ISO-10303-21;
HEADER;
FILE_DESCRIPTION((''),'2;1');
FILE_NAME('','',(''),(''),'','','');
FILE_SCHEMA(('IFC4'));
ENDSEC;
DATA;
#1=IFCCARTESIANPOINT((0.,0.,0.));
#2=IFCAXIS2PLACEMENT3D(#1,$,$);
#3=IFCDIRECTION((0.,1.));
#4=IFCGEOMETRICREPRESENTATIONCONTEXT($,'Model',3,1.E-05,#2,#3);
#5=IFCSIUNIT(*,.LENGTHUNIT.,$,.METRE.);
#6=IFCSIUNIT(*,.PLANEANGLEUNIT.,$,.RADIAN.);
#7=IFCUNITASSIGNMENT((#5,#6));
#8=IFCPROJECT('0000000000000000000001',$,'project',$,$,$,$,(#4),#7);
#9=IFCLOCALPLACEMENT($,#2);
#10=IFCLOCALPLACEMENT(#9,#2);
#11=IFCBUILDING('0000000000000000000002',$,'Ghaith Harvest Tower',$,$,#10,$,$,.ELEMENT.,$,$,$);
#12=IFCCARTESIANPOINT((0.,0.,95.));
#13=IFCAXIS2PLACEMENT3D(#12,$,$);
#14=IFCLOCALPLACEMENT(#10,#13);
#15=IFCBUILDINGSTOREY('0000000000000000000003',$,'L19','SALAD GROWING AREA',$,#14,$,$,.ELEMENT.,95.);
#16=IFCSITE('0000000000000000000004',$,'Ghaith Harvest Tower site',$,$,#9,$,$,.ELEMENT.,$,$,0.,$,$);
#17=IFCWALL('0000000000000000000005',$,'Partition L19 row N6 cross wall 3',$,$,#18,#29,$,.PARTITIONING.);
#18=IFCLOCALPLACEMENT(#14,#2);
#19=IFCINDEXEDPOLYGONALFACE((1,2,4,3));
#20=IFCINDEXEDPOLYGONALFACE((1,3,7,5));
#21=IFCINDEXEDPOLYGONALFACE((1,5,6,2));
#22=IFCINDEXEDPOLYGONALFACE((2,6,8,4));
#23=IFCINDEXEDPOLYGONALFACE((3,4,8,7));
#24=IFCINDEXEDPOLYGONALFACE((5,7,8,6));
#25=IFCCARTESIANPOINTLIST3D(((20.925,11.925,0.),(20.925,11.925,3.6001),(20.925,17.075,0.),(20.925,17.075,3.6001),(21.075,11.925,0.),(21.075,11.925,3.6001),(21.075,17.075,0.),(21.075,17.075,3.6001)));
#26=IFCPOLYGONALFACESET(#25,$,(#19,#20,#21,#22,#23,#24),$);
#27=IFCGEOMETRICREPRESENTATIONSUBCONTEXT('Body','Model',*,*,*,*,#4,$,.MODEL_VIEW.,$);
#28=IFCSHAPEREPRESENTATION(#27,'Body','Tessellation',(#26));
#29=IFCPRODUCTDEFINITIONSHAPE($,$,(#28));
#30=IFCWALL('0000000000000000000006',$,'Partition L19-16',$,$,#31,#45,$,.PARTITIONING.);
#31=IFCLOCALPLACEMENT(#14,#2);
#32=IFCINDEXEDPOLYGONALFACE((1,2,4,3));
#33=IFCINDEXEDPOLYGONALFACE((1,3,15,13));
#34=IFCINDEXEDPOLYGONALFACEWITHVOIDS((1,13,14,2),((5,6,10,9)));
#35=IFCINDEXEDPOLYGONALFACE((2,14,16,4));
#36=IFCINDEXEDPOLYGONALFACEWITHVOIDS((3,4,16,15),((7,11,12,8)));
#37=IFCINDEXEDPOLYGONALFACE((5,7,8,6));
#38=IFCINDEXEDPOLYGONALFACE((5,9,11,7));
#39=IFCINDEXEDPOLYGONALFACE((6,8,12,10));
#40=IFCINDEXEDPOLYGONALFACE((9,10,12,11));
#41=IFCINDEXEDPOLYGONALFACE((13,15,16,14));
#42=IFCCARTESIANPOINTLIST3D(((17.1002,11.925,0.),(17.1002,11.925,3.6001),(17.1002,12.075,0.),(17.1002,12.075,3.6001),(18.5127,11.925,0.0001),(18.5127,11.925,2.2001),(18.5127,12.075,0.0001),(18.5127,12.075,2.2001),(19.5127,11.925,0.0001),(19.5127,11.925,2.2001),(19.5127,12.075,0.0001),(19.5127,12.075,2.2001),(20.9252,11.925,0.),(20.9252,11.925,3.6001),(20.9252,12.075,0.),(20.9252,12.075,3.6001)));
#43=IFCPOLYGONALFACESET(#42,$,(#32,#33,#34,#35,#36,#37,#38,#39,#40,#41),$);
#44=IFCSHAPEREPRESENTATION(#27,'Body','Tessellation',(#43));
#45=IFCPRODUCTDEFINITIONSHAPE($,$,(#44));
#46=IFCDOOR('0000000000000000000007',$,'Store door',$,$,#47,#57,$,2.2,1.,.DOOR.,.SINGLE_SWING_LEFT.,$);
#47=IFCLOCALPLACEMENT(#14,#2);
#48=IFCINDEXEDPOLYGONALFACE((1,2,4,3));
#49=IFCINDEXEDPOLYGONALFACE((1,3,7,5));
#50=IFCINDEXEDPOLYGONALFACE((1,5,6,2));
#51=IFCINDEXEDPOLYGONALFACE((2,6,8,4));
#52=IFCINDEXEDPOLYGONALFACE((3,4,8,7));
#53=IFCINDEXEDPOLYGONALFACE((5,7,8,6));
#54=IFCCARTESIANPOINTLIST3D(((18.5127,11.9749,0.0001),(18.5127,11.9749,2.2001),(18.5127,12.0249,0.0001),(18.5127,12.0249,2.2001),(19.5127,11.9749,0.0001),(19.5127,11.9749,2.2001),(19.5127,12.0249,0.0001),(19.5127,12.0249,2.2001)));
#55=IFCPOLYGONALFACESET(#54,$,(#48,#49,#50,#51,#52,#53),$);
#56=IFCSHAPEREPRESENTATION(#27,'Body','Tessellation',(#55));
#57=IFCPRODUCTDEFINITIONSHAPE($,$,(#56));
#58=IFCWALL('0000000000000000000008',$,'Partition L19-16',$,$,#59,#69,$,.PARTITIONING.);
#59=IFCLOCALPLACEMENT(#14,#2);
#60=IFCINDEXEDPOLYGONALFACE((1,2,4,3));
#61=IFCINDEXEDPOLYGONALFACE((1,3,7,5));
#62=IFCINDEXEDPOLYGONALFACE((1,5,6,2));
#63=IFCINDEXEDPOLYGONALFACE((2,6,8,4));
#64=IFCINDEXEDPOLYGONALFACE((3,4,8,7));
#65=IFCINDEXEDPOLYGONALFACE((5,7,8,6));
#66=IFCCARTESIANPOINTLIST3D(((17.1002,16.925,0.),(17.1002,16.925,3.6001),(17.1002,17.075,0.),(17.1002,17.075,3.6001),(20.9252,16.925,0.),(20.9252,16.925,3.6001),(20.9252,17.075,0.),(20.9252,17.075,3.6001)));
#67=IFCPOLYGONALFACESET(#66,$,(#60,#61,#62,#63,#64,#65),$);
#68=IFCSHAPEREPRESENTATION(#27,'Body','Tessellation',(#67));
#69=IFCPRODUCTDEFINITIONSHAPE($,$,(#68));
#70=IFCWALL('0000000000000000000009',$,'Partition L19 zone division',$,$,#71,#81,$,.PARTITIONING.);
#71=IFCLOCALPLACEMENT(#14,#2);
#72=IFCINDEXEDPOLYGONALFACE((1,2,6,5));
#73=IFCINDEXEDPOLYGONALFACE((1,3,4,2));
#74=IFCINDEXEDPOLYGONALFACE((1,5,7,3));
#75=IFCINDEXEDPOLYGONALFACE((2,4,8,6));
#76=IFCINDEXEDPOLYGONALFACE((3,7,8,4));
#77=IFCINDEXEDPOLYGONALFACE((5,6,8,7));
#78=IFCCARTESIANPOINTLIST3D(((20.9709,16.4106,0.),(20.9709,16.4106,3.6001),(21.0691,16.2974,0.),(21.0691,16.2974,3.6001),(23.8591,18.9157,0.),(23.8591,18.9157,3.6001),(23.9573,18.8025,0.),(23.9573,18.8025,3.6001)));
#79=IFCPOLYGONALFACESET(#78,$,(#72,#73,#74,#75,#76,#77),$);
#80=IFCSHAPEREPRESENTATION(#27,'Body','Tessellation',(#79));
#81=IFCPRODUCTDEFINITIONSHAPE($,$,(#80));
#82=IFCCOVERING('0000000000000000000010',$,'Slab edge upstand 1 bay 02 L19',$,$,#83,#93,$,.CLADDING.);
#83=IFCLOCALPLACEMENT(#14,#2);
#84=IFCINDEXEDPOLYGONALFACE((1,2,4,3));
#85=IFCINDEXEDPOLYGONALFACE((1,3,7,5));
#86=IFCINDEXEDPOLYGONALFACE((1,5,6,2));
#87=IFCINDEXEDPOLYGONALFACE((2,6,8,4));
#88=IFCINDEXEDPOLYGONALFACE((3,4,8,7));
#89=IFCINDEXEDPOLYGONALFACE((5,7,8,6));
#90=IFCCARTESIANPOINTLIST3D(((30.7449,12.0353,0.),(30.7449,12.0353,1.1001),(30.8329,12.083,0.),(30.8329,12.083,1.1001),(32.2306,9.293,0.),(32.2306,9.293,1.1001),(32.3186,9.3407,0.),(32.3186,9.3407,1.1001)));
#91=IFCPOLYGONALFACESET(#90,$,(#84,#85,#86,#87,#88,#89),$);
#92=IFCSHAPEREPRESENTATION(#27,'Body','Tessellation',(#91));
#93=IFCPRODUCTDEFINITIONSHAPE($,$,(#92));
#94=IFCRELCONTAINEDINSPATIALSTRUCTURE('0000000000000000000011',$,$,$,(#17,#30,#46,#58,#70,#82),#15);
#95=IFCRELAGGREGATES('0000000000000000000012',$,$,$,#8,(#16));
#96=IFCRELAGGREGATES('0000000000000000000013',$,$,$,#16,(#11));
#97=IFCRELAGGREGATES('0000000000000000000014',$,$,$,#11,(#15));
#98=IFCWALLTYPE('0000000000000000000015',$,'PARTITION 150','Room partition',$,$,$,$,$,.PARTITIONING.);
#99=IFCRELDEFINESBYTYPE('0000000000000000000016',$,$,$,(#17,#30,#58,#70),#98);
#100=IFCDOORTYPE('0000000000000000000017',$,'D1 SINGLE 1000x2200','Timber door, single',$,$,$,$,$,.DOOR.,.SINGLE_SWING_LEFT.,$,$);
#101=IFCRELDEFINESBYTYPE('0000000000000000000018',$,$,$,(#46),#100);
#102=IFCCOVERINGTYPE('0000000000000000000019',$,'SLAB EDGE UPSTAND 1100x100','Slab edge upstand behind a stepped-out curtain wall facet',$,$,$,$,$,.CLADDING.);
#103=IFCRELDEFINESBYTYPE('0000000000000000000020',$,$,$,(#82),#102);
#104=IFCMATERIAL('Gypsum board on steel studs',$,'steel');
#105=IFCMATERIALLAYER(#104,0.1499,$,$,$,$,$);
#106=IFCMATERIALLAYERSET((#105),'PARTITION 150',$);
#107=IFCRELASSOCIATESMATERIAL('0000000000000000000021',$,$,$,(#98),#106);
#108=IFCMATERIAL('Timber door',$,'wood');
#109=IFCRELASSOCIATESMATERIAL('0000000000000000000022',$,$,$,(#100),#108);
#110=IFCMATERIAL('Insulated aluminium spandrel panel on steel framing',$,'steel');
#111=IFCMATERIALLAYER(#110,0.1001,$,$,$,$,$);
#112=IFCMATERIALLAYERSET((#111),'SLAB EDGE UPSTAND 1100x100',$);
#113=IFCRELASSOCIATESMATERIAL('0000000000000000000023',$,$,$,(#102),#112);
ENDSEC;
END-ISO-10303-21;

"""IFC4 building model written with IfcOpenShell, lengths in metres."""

from ifc_helpers import new_model, si_unit, direction, frame, frame_2d, origin, origin_2d, place, context, subcontext, project, spatial, rectangle, extrude, material, layer, layer_set, type_object, element, fill, save


model = new_model("IFC4")

# Units and contexts
model_context = context("Model", 3, precision=1e-05, world=origin(), true_north=direction((0.0, 1.0)))
body_context = subcontext(model_context, "Body", "Model", "MODEL_VIEW")
ifc_project = project(units=[si_unit("LENGTHUNIT", "METRE"), si_unit("PLANEANGLEUNIT", "RADIAN")], contexts=[model_context])

# Site, building, storey
site_placement = place(None, origin())
site = spatial("IfcSite", under=ifc_project, at=site_placement, Name="Ghaith Harvest Tower site", CompositionType="ELEMENT", RefElevation=0.0)
building_placement = place(site_placement, origin())
building = spatial("IfcBuilding", under=site, at=building_placement, Name="Ghaith Harvest Tower", CompositionType="ELEMENT")
storey_placement = place(building_placement, frame((0.0, 0.0, 95.0)))
storey = spatial("IfcBuildingStorey", under=building, at=storey_placement, Name="L19", Description="SALAD GROWING AREA", CompositionType="ELEMENT", Elevation=95.0)

# Wall
ifc_material_1 = material(Name="Gypsum board on steel studs", Category="steel")
ifc_layer_1 = layer(ifc_material_1, 0.1499)
ifc_layer_set_1 = layer_set([ifc_layer_1], Name="PARTITION 150")
wall_type_1 = type_object("IfcWallType", Name="PARTITION 150", Description="Room partition", PredefinedType="PARTITIONING", material=ifc_layer_set_1)
wall_1_placement = place(storey_placement, frame((21.0, 11.925, 0.0), z_axis=(0.0, 0.0, 1.0), x_axis=(0.0, 1.0, 0.0)))
element("IfcWall", 1, at=wall_1_placement, inside=storey, type_object=wall_type_1, Name="Partition L19 row N6 cross wall 3", PredefinedType="PARTITIONING", context=body_context, shape_type="SweptSolid", body=[
    extrude(rectangle(XDim=5.1499, YDim=0.1499, at=frame_2d((2.575, 0.0))), origin(), (0.0, 0.0, 1.0), 3.6001),
])

# Wall, opening, door
wall_2_placement = place(storey_placement, frame((17.1001, 12.0, 0.0), z_axis=(0.0, 0.0, 1.0), x_axis=(1.0, 0.0, 0.0)))
wall_2 = element("IfcWall", 2, at=wall_2_placement, inside=storey, type_object=wall_type_1, Name="Partition L19-16", PredefinedType="PARTITIONING", context=body_context, shape_type="SweptSolid", body=[
    extrude(rectangle(XDim=3.825, YDim=0.1499, at=frame_2d((1.9126, 0.0))), origin(), (0.0, 0.0, 1.0), 3.6001),
])
opening_placement = place(wall_2_placement, frame((1.4126, 0.0, 0.0)))
opening = element("IfcOpeningElement", 3, at=opening_placement, cuts=wall_2, PredefinedType="OPENING", context=body_context, shape_type="SweptSolid", body=[
    extrude(rectangle(XDim=1.0, YDim=2.2, at=frame_2d((0.5, 1.1001))), frame((0.0, 0.085, 0.0), z_axis=(0.0, -1.0, 0.0), x_axis=(1.0, 0.0, 0.0)), (0.0, 0.0, 1.0), 0.1699),
])
ifc_material_2 = material(Name="Timber door", Category="wood")
door_type = type_object("IfcDoorType", Name="D1 SINGLE 1000x2200", Description="Timber door, single", OperationType="SINGLE_SWING_LEFT", PredefinedType="DOOR", material=ifc_material_2)
door_placement = place(opening_placement, origin())
door = element("IfcDoor", 4, at=door_placement, inside=storey, type_object=door_type, Name="Store door", OperationType="SINGLE_SWING_LEFT", OverallHeight=2.2, OverallWidth=1.0, PredefinedType="DOOR", context=body_context, shape_type="SweptSolid", body=[
    extrude(rectangle(XDim=1.0, YDim=2.2, at=frame_2d((0.5, 1.1001))), frame((0.0, 0.0249, 0.0), z_axis=(0.0, -1.0, 0.0), x_axis=(1.0, 0.0, 0.0)), (0.0, 0.0, 1.0), 0.05),
])
fill(opening, door)

# Walls
wall_3_placement = place(storey_placement, frame((17.1001, 17.0, 0.0), z_axis=(0.0, 0.0, 1.0), x_axis=(1.0, 0.0, 0.0)))
element("IfcWall", 5, at=wall_3_placement, inside=storey, type_object=wall_type_1, Name="Partition L19-16", PredefinedType="PARTITIONING", context=body_context, shape_type="SweptSolid", body=[
    extrude(rectangle(XDim=3.825, YDim=0.1499, at=frame_2d((1.9126, 0.0))), origin(), (0.0, 0.0, 1.0), 3.6001),
])
wall_4_placement = place(storey_placement, frame((21.02, 16.354, 0.0), z_axis=(0.0, 0.0, 1.0), x_axis=(0.755426, 0.655234, 0.0)))
element("IfcWall", 6, at=wall_4_placement, inside=storey, type_object=wall_type_1, Name="Partition L19 zone division", PredefinedType="PARTITIONING", context=body_context, shape_type="SweptSolid", body=[
    extrude(rectangle(XDim=3.8232, YDim=0.1499, at=frame_2d((1.9116, 0.0))), origin(), (0.0, 0.0, 1.0), 3.6001),
])

# Covering
ifc_material_3 = material(Name="Insulated aluminium spandrel panel on steel framing", Category="steel")
ifc_layer_2 = layer(ifc_material_3, 0.1001)
ifc_layer_set_2 = layer_set([ifc_layer_2], Name="SLAB EDGE UPSTAND 1100x100")
covering_type = type_object("IfcCoveringType", Name="SLAB EDGE UPSTAND 1100x100", Description="Slab edge upstand behind a stepped-out curtain wall facet", PredefinedType="CLADDING", material=ifc_layer_set_2)
covering_placement = place(storey_placement, frame((31.5317, 10.688, 0.0), z_axis=(0.0, 0.0, 1.0), x_axis=(-0.476349, 0.879256, 0.0)))
element("IfcCovering", 7, at=covering_placement, inside=storey, type_object=covering_type, Name="Slab edge upstand 1 bay 02 L19", PredefinedType="CLADDING", context=body_context, shape_type="SweptSolid", body=[
    extrude(rectangle(XDim=3.1189, YDim=0.1001, at=origin_2d()), origin(), (0.0, 0.0, 1.0), 1.1001),
])

save(model, "model.ifc")
